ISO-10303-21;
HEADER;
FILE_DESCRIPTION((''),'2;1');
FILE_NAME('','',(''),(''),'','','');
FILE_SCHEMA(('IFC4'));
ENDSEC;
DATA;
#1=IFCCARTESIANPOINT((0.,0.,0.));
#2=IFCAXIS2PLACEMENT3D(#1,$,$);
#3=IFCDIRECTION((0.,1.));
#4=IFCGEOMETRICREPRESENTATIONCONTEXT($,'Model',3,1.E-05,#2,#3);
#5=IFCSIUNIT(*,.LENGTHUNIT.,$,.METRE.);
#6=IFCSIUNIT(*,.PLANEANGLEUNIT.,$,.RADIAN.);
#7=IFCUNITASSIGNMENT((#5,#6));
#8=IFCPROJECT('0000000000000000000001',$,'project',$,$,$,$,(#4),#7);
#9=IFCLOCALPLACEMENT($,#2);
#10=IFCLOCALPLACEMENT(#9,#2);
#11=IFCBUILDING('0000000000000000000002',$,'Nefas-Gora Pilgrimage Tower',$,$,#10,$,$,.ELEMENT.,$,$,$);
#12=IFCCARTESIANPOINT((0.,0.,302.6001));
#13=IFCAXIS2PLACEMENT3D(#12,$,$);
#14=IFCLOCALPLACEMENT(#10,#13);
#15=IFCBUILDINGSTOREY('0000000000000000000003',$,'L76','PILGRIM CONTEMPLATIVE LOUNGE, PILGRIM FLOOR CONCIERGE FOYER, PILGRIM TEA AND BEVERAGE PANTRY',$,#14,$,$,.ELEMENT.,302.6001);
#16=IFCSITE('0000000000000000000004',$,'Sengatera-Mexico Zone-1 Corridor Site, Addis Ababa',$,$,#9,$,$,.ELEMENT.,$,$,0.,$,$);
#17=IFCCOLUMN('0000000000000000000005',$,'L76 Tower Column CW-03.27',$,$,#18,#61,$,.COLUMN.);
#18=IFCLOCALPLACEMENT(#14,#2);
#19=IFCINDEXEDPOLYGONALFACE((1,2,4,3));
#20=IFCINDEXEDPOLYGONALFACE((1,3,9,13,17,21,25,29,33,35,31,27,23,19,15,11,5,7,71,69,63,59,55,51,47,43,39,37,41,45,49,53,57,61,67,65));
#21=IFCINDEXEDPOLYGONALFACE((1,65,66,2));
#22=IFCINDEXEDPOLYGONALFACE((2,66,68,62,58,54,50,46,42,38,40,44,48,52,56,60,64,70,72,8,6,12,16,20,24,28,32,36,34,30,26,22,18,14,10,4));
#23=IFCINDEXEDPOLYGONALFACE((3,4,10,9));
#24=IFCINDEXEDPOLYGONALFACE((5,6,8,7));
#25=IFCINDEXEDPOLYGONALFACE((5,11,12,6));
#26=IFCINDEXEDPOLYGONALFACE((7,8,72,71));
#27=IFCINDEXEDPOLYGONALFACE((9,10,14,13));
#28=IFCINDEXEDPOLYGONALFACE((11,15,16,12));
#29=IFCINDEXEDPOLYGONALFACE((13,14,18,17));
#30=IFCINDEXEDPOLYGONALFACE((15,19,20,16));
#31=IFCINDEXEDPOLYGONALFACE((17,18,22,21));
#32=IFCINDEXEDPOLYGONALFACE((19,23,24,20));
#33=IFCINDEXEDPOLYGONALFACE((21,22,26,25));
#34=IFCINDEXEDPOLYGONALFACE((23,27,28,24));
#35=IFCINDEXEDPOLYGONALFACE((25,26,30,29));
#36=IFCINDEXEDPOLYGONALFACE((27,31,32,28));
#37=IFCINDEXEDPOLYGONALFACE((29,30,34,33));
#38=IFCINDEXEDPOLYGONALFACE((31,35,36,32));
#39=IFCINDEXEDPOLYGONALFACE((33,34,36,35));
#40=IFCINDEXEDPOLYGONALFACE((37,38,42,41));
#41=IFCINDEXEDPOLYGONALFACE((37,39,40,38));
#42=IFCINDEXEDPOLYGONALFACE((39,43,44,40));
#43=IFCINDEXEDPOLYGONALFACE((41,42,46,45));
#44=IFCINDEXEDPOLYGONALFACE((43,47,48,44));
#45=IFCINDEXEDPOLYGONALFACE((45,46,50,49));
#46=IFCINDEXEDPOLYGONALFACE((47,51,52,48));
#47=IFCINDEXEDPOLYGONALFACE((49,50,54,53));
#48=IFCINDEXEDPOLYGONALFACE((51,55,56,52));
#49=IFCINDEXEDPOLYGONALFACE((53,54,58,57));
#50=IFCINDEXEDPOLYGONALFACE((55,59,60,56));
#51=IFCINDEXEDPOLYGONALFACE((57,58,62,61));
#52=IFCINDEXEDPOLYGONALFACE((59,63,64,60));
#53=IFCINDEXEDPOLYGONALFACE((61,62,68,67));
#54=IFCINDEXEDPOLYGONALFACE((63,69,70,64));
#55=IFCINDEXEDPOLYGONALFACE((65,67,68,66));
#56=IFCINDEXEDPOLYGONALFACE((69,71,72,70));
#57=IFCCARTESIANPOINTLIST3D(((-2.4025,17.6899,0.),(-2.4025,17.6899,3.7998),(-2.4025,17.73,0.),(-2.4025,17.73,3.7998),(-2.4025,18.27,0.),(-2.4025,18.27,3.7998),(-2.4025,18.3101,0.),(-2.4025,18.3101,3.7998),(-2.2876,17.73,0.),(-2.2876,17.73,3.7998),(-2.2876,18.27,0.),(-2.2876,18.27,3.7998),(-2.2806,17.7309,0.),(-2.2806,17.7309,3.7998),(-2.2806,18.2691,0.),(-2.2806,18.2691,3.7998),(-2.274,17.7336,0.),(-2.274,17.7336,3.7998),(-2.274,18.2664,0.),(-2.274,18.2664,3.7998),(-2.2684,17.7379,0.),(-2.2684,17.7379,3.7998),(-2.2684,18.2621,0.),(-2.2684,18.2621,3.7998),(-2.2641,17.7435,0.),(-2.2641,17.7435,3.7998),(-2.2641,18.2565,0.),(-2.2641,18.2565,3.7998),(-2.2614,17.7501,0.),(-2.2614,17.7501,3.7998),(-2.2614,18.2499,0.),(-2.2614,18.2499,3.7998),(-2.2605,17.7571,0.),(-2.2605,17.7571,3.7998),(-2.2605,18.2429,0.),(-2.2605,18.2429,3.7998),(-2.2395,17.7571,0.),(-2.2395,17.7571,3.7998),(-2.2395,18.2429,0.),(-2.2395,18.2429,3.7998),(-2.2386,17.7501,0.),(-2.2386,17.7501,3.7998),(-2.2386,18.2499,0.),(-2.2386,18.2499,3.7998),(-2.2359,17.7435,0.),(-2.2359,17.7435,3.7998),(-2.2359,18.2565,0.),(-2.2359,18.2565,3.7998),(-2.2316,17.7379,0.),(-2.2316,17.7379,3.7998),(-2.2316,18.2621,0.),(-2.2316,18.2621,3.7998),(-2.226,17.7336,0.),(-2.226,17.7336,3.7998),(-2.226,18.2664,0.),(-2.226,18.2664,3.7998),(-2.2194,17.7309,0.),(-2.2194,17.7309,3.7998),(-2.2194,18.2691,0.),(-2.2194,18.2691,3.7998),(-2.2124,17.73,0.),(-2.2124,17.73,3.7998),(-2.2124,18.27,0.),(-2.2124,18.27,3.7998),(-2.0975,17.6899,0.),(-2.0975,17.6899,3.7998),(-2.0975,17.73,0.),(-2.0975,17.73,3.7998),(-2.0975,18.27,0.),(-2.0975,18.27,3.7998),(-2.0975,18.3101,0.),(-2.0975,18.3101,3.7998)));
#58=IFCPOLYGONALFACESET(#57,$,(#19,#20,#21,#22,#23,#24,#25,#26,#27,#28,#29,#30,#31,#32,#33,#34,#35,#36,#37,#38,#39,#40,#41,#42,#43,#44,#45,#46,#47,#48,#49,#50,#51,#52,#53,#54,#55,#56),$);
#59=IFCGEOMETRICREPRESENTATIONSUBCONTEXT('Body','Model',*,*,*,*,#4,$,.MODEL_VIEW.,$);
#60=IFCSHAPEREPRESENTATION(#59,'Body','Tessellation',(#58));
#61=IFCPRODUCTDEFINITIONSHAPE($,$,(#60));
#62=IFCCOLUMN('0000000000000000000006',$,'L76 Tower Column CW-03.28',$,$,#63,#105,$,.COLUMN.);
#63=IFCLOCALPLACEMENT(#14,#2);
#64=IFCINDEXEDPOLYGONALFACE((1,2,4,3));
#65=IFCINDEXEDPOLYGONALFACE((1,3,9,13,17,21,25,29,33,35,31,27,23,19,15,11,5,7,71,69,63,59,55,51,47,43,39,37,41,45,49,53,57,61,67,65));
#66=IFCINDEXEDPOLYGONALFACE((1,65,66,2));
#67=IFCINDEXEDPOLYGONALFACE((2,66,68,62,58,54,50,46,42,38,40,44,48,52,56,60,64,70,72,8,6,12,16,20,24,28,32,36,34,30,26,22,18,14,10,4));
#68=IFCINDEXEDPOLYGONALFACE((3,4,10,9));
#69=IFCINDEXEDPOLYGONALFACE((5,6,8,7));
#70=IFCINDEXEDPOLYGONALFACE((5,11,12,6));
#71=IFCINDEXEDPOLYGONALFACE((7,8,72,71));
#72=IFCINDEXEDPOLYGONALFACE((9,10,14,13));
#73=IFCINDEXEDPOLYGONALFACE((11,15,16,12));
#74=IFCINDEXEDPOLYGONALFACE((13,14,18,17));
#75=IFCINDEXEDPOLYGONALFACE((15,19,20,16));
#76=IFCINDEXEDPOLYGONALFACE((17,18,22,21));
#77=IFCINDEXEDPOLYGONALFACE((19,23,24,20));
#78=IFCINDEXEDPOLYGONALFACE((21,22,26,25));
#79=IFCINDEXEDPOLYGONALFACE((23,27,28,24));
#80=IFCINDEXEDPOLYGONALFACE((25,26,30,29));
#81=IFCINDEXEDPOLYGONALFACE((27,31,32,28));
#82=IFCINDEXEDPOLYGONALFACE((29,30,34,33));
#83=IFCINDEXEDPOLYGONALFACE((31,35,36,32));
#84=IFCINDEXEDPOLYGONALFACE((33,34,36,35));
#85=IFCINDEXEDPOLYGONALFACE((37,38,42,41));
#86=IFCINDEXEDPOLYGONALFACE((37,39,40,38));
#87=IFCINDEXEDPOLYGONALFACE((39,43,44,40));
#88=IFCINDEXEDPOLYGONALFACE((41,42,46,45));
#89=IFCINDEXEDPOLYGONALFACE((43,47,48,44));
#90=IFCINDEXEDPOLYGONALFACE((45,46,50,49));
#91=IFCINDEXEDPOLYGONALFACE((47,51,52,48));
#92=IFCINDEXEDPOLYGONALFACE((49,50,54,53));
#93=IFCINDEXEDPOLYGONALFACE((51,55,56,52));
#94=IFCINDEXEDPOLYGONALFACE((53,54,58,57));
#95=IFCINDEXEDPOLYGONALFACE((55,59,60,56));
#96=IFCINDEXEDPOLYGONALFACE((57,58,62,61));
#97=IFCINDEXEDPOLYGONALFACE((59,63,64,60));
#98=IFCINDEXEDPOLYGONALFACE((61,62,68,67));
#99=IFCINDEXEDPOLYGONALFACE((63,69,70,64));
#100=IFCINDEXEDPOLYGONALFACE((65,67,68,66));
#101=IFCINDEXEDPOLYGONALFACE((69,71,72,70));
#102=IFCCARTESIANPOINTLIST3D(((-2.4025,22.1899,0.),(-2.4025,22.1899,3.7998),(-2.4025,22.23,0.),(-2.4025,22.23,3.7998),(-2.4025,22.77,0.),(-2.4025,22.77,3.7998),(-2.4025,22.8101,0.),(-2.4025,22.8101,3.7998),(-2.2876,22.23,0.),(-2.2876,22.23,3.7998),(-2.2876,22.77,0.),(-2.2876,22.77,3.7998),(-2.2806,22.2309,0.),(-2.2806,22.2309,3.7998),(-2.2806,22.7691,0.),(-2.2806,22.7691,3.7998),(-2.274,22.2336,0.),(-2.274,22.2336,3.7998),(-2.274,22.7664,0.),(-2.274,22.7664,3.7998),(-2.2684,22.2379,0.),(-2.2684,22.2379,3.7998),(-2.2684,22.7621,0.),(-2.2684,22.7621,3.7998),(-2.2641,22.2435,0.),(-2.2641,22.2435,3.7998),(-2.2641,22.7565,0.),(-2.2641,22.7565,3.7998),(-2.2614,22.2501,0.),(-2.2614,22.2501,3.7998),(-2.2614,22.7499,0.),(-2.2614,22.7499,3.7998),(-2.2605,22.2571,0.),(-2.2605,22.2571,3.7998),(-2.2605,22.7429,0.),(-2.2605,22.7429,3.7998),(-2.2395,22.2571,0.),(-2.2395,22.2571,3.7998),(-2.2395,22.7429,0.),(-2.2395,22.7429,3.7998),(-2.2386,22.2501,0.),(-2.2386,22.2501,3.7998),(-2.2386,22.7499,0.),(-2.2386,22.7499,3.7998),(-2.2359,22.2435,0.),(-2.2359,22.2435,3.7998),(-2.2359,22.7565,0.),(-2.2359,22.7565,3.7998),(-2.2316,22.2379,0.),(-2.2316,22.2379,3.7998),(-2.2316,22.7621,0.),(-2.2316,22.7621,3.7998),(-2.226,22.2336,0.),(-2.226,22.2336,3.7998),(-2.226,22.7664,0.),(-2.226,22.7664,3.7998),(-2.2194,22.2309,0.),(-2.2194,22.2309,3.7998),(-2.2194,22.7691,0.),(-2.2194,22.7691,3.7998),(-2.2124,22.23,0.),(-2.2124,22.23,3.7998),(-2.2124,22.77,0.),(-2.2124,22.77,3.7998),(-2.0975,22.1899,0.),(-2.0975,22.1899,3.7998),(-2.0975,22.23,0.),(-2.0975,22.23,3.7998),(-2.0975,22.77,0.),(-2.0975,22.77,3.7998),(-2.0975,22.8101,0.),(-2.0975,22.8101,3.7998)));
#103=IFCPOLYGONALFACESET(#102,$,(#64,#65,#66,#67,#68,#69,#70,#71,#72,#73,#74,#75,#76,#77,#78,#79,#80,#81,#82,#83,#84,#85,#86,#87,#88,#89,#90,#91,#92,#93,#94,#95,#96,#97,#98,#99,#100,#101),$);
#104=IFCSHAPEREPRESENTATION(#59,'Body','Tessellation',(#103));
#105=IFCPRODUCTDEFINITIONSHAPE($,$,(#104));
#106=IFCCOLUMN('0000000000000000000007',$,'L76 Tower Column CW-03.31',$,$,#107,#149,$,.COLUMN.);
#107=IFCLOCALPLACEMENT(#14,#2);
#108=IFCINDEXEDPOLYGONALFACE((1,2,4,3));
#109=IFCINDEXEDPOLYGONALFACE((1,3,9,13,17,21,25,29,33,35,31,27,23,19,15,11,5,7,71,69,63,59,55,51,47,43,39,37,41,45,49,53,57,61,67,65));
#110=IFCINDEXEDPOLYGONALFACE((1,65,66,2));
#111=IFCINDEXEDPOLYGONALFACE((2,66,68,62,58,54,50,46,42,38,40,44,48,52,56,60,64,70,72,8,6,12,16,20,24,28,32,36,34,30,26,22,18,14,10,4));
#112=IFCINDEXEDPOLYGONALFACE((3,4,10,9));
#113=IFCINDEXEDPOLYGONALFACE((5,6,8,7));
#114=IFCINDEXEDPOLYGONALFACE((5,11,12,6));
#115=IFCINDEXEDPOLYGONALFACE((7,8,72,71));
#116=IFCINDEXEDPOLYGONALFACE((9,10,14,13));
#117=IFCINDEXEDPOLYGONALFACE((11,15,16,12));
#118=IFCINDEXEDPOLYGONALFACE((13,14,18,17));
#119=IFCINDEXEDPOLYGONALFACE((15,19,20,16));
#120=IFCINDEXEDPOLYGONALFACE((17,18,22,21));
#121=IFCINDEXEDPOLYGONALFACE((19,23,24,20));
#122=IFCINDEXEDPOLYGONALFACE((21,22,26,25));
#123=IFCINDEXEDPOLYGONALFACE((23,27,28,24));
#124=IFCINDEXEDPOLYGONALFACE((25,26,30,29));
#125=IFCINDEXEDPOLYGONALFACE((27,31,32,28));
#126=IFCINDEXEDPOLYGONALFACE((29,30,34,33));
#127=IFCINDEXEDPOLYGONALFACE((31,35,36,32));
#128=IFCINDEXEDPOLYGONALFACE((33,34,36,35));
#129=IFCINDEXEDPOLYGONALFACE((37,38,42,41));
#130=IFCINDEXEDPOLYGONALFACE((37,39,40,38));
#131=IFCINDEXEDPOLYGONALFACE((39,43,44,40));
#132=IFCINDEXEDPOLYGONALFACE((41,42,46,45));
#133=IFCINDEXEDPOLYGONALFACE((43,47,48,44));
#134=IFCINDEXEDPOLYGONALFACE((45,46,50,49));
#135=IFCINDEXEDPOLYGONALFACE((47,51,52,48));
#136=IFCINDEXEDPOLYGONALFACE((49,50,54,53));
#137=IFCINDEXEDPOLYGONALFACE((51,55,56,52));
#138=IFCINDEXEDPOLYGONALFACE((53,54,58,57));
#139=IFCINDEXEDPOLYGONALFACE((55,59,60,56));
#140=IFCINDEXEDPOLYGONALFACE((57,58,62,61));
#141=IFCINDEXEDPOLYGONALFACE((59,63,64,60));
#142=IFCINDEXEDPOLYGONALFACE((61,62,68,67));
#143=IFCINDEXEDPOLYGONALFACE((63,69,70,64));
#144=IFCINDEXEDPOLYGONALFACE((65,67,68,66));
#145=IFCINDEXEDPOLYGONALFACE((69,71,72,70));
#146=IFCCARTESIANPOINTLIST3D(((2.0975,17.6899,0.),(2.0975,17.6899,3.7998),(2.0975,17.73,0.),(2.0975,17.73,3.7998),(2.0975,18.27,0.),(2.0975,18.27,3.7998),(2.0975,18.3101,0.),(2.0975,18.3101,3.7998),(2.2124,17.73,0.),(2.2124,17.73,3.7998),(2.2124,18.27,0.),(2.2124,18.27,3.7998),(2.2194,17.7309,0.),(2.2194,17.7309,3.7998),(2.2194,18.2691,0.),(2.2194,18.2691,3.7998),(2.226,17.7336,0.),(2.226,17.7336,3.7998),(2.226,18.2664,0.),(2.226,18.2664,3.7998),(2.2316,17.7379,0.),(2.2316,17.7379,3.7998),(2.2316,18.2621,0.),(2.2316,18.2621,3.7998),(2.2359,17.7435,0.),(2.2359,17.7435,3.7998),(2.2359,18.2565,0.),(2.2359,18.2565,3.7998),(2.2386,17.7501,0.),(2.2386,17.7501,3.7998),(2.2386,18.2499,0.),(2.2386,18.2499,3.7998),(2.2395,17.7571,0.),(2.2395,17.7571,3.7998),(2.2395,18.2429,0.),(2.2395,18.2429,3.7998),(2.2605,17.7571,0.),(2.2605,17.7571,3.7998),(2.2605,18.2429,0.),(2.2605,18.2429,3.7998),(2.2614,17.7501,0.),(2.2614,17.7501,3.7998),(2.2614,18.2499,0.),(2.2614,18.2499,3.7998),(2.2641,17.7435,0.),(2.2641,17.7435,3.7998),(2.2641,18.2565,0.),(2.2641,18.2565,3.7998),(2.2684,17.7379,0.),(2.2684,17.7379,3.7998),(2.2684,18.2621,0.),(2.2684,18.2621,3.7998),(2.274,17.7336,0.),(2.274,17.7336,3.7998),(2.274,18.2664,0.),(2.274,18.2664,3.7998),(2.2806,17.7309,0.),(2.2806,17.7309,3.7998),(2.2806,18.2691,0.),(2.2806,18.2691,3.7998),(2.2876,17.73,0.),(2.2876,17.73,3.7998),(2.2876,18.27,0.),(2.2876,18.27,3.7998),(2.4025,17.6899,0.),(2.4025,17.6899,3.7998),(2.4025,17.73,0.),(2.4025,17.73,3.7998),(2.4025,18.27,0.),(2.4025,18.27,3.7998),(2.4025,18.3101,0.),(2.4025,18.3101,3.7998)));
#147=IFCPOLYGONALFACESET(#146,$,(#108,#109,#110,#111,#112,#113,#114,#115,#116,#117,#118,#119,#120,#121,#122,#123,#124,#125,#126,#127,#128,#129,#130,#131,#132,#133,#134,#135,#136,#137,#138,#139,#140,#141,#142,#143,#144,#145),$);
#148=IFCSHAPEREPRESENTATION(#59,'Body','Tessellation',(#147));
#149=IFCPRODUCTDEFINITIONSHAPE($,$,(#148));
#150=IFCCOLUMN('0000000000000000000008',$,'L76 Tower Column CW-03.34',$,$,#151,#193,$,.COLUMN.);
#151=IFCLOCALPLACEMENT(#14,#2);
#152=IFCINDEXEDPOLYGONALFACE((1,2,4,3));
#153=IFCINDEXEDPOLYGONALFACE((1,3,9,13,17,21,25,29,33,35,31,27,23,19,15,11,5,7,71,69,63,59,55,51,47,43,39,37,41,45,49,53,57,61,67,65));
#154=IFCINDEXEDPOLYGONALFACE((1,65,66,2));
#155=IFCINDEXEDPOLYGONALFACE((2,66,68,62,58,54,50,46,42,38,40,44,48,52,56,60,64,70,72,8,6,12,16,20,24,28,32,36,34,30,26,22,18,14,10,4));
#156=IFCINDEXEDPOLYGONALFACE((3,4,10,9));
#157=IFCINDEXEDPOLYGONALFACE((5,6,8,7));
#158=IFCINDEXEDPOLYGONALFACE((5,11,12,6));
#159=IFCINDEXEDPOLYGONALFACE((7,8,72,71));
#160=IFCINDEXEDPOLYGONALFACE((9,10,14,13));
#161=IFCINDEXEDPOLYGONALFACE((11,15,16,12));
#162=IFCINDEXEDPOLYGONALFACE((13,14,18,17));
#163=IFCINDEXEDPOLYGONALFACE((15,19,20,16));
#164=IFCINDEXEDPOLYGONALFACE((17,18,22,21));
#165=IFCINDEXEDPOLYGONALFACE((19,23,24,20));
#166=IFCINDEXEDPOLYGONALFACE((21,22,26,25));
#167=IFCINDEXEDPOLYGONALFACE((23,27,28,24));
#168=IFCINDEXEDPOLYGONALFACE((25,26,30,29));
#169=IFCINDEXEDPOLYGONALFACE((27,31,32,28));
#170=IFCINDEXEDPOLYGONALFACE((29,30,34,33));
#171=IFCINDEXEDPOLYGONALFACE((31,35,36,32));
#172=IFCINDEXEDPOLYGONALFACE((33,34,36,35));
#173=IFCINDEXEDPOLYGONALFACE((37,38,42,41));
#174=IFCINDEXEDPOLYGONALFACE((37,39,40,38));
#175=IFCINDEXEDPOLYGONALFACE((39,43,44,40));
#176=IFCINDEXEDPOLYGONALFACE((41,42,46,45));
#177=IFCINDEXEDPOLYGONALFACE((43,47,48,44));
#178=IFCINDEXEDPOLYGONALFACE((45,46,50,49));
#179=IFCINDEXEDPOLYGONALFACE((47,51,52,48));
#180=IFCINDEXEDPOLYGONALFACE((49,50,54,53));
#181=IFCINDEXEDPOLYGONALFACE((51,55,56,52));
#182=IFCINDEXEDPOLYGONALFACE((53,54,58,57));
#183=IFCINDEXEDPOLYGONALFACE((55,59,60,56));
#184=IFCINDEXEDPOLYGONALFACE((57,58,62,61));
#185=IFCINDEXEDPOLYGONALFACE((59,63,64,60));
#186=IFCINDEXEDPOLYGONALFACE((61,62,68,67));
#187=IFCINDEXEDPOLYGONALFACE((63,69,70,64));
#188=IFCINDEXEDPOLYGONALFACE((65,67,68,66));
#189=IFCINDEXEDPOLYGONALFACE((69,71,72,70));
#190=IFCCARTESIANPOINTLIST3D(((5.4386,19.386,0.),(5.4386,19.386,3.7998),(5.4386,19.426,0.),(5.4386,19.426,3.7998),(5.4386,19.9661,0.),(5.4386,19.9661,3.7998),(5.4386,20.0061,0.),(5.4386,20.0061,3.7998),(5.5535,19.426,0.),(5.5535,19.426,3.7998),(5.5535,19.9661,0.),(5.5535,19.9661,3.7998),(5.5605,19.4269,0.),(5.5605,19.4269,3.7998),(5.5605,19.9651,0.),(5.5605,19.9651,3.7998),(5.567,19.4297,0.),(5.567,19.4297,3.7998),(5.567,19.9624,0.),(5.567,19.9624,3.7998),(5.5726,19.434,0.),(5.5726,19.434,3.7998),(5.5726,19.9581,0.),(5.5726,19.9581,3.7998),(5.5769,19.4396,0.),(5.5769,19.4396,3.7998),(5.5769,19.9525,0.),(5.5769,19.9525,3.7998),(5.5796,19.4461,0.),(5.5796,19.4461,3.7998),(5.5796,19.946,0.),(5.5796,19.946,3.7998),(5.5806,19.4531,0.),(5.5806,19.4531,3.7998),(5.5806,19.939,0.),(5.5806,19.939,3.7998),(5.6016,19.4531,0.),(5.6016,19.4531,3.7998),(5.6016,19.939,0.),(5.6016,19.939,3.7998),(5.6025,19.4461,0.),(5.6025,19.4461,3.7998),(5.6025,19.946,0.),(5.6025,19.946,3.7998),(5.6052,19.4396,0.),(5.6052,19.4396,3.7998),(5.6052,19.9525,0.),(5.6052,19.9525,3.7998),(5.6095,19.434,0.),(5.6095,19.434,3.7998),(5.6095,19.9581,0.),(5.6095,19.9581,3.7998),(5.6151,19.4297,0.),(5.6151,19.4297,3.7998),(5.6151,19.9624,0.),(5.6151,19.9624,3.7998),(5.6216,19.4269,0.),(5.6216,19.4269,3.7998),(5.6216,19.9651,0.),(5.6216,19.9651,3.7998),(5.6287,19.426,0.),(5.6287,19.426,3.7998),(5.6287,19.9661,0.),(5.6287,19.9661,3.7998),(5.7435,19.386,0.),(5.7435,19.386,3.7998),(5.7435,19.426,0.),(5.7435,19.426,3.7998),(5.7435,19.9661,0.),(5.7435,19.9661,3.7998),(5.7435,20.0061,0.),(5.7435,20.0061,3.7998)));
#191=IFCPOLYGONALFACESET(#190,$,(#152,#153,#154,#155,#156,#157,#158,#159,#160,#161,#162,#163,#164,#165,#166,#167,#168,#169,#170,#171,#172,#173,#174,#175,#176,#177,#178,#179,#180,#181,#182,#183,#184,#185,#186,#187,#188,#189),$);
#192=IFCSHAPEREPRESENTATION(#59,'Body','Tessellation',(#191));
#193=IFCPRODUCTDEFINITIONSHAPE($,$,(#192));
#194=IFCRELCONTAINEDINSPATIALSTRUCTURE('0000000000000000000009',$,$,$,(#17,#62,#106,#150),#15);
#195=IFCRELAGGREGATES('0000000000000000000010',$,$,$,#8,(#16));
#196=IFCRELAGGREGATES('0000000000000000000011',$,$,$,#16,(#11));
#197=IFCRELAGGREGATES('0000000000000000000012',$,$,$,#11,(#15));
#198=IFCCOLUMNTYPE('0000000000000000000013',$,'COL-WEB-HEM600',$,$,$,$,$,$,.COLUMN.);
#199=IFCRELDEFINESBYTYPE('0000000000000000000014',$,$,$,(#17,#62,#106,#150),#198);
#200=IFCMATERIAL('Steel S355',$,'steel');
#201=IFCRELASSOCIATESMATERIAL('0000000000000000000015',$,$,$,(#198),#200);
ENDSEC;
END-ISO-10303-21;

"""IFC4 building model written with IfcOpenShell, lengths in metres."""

from ifc_helpers import new_model, si_unit, direction, frame, origin, origin_2d, place, context, subcontext, project, spatial, i_section, extrude, source, transform, mapped, material, material_profile, profile_set, type_object, element, save


model = new_model("IFC4")

# Units and contexts
model_context = context("Model", 3, precision=1e-05, world=origin(), true_north=direction((0.0, 1.0)))
body_context = subcontext(model_context, "Body", "Model", "MODEL_VIEW")
ifc_project = project(units=[si_unit("LENGTHUNIT", "METRE"), si_unit("PLANEANGLEUNIT", "RADIAN")], contexts=[model_context])

# Site, building, storey
site_placement = place(None, origin())
site = spatial("IfcSite", under=ifc_project, at=site_placement, Name="Sengatera-Mexico Zone-1 Corridor Site, Addis Ababa", CompositionType="ELEMENT", RefElevation=0.0)
building_placement = place(site_placement, origin())
building = spatial("IfcBuilding", under=site, at=building_placement, Name="Nefas-Gora Pilgrimage Tower", CompositionType="ELEMENT")
storey_placement = place(building_placement, frame((0.0, 0.0, 302.6001)))
storey = spatial("IfcBuildingStorey", under=building, at=storey_placement, Name="L76", Description="PILGRIM CONTEMPLATIVE LOUNGE, PILGRIM FLOOR CONCIERGE FOYER, PILGRIM TEA AND BEVERAGE PANTRY", CompositionType="ELEMENT", Elevation=302.6001)

# Columns
ifc_material_1 = material(Name="Steel S355", Category="steel")
ifc_material_profile_1 = material_profile(ifc_material_1, i_section(OverallWidth=0.3049, OverallDepth=0.6201, WebThickness=0.021, FlangeThickness=0.04, FilletRadius=0.0271, at=origin_2d()), Name="HEM 600")
ifc_profile_set_1 = profile_set([ifc_material_profile_1], Name="Steel S355")
column_type_1 = type_object("IfcColumnType", Name="COL-WEB-HEM600", PredefinedType="COLUMN", material=ifc_profile_set_1)
shared_shape_1 = source(origin(), body_context, "Body", "SweptSolid", [
    extrude(i_section(OverallWidth=0.3049, OverallDepth=0.6201, WebThickness=0.021, FlangeThickness=0.04, FilletRadius=0.0271, at=origin_2d()), origin(), (0.0, 0.0, 1.0), 3.7998),
])
for number, where, z_axis, x_axis, name in (
    (1, (-2.25, 18.0, 0.0), (0.0, 0.0, 1.0), (1.0, 0.0, 0.0), "L76 Tower Column CW-03.27"),
    (2, (-2.25, 22.5, 0.0), (0.0, 0.0, 1.0), (1.0, 0.0, 0.0), "L76 Tower Column CW-03.28"),
    (3, (2.25, 18.0, 0.0), (0.0, 0.0, 1.0), (1.0, 0.0, 0.0), "L76 Tower Column CW-03.31"),
    (4, (5.5911, 19.696, 0.0), (0.0, 0.0, 1.0), (1.0, 0.0, 0.0), "L76 Tower Column CW-03.34"),
):
    element("IfcColumn", number, at=place(storey_placement, frame(where, z_axis=z_axis, x_axis=x_axis)), inside=storey, type_object=column_type_1, Name=name, PredefinedType="COLUMN", context=body_context, shape_type="MappedRepresentation", body=[
        mapped(shared_shape_1, transform((0.0, 0.0, 0.0), x_axis=(1.0, 0.0, 0.0), y_axis=(0.0, 1.0, 0.0), z_axis=(0.0, 0.0, 1.0), scale=1.0)),
    ])

save(model, "model.ifc")
